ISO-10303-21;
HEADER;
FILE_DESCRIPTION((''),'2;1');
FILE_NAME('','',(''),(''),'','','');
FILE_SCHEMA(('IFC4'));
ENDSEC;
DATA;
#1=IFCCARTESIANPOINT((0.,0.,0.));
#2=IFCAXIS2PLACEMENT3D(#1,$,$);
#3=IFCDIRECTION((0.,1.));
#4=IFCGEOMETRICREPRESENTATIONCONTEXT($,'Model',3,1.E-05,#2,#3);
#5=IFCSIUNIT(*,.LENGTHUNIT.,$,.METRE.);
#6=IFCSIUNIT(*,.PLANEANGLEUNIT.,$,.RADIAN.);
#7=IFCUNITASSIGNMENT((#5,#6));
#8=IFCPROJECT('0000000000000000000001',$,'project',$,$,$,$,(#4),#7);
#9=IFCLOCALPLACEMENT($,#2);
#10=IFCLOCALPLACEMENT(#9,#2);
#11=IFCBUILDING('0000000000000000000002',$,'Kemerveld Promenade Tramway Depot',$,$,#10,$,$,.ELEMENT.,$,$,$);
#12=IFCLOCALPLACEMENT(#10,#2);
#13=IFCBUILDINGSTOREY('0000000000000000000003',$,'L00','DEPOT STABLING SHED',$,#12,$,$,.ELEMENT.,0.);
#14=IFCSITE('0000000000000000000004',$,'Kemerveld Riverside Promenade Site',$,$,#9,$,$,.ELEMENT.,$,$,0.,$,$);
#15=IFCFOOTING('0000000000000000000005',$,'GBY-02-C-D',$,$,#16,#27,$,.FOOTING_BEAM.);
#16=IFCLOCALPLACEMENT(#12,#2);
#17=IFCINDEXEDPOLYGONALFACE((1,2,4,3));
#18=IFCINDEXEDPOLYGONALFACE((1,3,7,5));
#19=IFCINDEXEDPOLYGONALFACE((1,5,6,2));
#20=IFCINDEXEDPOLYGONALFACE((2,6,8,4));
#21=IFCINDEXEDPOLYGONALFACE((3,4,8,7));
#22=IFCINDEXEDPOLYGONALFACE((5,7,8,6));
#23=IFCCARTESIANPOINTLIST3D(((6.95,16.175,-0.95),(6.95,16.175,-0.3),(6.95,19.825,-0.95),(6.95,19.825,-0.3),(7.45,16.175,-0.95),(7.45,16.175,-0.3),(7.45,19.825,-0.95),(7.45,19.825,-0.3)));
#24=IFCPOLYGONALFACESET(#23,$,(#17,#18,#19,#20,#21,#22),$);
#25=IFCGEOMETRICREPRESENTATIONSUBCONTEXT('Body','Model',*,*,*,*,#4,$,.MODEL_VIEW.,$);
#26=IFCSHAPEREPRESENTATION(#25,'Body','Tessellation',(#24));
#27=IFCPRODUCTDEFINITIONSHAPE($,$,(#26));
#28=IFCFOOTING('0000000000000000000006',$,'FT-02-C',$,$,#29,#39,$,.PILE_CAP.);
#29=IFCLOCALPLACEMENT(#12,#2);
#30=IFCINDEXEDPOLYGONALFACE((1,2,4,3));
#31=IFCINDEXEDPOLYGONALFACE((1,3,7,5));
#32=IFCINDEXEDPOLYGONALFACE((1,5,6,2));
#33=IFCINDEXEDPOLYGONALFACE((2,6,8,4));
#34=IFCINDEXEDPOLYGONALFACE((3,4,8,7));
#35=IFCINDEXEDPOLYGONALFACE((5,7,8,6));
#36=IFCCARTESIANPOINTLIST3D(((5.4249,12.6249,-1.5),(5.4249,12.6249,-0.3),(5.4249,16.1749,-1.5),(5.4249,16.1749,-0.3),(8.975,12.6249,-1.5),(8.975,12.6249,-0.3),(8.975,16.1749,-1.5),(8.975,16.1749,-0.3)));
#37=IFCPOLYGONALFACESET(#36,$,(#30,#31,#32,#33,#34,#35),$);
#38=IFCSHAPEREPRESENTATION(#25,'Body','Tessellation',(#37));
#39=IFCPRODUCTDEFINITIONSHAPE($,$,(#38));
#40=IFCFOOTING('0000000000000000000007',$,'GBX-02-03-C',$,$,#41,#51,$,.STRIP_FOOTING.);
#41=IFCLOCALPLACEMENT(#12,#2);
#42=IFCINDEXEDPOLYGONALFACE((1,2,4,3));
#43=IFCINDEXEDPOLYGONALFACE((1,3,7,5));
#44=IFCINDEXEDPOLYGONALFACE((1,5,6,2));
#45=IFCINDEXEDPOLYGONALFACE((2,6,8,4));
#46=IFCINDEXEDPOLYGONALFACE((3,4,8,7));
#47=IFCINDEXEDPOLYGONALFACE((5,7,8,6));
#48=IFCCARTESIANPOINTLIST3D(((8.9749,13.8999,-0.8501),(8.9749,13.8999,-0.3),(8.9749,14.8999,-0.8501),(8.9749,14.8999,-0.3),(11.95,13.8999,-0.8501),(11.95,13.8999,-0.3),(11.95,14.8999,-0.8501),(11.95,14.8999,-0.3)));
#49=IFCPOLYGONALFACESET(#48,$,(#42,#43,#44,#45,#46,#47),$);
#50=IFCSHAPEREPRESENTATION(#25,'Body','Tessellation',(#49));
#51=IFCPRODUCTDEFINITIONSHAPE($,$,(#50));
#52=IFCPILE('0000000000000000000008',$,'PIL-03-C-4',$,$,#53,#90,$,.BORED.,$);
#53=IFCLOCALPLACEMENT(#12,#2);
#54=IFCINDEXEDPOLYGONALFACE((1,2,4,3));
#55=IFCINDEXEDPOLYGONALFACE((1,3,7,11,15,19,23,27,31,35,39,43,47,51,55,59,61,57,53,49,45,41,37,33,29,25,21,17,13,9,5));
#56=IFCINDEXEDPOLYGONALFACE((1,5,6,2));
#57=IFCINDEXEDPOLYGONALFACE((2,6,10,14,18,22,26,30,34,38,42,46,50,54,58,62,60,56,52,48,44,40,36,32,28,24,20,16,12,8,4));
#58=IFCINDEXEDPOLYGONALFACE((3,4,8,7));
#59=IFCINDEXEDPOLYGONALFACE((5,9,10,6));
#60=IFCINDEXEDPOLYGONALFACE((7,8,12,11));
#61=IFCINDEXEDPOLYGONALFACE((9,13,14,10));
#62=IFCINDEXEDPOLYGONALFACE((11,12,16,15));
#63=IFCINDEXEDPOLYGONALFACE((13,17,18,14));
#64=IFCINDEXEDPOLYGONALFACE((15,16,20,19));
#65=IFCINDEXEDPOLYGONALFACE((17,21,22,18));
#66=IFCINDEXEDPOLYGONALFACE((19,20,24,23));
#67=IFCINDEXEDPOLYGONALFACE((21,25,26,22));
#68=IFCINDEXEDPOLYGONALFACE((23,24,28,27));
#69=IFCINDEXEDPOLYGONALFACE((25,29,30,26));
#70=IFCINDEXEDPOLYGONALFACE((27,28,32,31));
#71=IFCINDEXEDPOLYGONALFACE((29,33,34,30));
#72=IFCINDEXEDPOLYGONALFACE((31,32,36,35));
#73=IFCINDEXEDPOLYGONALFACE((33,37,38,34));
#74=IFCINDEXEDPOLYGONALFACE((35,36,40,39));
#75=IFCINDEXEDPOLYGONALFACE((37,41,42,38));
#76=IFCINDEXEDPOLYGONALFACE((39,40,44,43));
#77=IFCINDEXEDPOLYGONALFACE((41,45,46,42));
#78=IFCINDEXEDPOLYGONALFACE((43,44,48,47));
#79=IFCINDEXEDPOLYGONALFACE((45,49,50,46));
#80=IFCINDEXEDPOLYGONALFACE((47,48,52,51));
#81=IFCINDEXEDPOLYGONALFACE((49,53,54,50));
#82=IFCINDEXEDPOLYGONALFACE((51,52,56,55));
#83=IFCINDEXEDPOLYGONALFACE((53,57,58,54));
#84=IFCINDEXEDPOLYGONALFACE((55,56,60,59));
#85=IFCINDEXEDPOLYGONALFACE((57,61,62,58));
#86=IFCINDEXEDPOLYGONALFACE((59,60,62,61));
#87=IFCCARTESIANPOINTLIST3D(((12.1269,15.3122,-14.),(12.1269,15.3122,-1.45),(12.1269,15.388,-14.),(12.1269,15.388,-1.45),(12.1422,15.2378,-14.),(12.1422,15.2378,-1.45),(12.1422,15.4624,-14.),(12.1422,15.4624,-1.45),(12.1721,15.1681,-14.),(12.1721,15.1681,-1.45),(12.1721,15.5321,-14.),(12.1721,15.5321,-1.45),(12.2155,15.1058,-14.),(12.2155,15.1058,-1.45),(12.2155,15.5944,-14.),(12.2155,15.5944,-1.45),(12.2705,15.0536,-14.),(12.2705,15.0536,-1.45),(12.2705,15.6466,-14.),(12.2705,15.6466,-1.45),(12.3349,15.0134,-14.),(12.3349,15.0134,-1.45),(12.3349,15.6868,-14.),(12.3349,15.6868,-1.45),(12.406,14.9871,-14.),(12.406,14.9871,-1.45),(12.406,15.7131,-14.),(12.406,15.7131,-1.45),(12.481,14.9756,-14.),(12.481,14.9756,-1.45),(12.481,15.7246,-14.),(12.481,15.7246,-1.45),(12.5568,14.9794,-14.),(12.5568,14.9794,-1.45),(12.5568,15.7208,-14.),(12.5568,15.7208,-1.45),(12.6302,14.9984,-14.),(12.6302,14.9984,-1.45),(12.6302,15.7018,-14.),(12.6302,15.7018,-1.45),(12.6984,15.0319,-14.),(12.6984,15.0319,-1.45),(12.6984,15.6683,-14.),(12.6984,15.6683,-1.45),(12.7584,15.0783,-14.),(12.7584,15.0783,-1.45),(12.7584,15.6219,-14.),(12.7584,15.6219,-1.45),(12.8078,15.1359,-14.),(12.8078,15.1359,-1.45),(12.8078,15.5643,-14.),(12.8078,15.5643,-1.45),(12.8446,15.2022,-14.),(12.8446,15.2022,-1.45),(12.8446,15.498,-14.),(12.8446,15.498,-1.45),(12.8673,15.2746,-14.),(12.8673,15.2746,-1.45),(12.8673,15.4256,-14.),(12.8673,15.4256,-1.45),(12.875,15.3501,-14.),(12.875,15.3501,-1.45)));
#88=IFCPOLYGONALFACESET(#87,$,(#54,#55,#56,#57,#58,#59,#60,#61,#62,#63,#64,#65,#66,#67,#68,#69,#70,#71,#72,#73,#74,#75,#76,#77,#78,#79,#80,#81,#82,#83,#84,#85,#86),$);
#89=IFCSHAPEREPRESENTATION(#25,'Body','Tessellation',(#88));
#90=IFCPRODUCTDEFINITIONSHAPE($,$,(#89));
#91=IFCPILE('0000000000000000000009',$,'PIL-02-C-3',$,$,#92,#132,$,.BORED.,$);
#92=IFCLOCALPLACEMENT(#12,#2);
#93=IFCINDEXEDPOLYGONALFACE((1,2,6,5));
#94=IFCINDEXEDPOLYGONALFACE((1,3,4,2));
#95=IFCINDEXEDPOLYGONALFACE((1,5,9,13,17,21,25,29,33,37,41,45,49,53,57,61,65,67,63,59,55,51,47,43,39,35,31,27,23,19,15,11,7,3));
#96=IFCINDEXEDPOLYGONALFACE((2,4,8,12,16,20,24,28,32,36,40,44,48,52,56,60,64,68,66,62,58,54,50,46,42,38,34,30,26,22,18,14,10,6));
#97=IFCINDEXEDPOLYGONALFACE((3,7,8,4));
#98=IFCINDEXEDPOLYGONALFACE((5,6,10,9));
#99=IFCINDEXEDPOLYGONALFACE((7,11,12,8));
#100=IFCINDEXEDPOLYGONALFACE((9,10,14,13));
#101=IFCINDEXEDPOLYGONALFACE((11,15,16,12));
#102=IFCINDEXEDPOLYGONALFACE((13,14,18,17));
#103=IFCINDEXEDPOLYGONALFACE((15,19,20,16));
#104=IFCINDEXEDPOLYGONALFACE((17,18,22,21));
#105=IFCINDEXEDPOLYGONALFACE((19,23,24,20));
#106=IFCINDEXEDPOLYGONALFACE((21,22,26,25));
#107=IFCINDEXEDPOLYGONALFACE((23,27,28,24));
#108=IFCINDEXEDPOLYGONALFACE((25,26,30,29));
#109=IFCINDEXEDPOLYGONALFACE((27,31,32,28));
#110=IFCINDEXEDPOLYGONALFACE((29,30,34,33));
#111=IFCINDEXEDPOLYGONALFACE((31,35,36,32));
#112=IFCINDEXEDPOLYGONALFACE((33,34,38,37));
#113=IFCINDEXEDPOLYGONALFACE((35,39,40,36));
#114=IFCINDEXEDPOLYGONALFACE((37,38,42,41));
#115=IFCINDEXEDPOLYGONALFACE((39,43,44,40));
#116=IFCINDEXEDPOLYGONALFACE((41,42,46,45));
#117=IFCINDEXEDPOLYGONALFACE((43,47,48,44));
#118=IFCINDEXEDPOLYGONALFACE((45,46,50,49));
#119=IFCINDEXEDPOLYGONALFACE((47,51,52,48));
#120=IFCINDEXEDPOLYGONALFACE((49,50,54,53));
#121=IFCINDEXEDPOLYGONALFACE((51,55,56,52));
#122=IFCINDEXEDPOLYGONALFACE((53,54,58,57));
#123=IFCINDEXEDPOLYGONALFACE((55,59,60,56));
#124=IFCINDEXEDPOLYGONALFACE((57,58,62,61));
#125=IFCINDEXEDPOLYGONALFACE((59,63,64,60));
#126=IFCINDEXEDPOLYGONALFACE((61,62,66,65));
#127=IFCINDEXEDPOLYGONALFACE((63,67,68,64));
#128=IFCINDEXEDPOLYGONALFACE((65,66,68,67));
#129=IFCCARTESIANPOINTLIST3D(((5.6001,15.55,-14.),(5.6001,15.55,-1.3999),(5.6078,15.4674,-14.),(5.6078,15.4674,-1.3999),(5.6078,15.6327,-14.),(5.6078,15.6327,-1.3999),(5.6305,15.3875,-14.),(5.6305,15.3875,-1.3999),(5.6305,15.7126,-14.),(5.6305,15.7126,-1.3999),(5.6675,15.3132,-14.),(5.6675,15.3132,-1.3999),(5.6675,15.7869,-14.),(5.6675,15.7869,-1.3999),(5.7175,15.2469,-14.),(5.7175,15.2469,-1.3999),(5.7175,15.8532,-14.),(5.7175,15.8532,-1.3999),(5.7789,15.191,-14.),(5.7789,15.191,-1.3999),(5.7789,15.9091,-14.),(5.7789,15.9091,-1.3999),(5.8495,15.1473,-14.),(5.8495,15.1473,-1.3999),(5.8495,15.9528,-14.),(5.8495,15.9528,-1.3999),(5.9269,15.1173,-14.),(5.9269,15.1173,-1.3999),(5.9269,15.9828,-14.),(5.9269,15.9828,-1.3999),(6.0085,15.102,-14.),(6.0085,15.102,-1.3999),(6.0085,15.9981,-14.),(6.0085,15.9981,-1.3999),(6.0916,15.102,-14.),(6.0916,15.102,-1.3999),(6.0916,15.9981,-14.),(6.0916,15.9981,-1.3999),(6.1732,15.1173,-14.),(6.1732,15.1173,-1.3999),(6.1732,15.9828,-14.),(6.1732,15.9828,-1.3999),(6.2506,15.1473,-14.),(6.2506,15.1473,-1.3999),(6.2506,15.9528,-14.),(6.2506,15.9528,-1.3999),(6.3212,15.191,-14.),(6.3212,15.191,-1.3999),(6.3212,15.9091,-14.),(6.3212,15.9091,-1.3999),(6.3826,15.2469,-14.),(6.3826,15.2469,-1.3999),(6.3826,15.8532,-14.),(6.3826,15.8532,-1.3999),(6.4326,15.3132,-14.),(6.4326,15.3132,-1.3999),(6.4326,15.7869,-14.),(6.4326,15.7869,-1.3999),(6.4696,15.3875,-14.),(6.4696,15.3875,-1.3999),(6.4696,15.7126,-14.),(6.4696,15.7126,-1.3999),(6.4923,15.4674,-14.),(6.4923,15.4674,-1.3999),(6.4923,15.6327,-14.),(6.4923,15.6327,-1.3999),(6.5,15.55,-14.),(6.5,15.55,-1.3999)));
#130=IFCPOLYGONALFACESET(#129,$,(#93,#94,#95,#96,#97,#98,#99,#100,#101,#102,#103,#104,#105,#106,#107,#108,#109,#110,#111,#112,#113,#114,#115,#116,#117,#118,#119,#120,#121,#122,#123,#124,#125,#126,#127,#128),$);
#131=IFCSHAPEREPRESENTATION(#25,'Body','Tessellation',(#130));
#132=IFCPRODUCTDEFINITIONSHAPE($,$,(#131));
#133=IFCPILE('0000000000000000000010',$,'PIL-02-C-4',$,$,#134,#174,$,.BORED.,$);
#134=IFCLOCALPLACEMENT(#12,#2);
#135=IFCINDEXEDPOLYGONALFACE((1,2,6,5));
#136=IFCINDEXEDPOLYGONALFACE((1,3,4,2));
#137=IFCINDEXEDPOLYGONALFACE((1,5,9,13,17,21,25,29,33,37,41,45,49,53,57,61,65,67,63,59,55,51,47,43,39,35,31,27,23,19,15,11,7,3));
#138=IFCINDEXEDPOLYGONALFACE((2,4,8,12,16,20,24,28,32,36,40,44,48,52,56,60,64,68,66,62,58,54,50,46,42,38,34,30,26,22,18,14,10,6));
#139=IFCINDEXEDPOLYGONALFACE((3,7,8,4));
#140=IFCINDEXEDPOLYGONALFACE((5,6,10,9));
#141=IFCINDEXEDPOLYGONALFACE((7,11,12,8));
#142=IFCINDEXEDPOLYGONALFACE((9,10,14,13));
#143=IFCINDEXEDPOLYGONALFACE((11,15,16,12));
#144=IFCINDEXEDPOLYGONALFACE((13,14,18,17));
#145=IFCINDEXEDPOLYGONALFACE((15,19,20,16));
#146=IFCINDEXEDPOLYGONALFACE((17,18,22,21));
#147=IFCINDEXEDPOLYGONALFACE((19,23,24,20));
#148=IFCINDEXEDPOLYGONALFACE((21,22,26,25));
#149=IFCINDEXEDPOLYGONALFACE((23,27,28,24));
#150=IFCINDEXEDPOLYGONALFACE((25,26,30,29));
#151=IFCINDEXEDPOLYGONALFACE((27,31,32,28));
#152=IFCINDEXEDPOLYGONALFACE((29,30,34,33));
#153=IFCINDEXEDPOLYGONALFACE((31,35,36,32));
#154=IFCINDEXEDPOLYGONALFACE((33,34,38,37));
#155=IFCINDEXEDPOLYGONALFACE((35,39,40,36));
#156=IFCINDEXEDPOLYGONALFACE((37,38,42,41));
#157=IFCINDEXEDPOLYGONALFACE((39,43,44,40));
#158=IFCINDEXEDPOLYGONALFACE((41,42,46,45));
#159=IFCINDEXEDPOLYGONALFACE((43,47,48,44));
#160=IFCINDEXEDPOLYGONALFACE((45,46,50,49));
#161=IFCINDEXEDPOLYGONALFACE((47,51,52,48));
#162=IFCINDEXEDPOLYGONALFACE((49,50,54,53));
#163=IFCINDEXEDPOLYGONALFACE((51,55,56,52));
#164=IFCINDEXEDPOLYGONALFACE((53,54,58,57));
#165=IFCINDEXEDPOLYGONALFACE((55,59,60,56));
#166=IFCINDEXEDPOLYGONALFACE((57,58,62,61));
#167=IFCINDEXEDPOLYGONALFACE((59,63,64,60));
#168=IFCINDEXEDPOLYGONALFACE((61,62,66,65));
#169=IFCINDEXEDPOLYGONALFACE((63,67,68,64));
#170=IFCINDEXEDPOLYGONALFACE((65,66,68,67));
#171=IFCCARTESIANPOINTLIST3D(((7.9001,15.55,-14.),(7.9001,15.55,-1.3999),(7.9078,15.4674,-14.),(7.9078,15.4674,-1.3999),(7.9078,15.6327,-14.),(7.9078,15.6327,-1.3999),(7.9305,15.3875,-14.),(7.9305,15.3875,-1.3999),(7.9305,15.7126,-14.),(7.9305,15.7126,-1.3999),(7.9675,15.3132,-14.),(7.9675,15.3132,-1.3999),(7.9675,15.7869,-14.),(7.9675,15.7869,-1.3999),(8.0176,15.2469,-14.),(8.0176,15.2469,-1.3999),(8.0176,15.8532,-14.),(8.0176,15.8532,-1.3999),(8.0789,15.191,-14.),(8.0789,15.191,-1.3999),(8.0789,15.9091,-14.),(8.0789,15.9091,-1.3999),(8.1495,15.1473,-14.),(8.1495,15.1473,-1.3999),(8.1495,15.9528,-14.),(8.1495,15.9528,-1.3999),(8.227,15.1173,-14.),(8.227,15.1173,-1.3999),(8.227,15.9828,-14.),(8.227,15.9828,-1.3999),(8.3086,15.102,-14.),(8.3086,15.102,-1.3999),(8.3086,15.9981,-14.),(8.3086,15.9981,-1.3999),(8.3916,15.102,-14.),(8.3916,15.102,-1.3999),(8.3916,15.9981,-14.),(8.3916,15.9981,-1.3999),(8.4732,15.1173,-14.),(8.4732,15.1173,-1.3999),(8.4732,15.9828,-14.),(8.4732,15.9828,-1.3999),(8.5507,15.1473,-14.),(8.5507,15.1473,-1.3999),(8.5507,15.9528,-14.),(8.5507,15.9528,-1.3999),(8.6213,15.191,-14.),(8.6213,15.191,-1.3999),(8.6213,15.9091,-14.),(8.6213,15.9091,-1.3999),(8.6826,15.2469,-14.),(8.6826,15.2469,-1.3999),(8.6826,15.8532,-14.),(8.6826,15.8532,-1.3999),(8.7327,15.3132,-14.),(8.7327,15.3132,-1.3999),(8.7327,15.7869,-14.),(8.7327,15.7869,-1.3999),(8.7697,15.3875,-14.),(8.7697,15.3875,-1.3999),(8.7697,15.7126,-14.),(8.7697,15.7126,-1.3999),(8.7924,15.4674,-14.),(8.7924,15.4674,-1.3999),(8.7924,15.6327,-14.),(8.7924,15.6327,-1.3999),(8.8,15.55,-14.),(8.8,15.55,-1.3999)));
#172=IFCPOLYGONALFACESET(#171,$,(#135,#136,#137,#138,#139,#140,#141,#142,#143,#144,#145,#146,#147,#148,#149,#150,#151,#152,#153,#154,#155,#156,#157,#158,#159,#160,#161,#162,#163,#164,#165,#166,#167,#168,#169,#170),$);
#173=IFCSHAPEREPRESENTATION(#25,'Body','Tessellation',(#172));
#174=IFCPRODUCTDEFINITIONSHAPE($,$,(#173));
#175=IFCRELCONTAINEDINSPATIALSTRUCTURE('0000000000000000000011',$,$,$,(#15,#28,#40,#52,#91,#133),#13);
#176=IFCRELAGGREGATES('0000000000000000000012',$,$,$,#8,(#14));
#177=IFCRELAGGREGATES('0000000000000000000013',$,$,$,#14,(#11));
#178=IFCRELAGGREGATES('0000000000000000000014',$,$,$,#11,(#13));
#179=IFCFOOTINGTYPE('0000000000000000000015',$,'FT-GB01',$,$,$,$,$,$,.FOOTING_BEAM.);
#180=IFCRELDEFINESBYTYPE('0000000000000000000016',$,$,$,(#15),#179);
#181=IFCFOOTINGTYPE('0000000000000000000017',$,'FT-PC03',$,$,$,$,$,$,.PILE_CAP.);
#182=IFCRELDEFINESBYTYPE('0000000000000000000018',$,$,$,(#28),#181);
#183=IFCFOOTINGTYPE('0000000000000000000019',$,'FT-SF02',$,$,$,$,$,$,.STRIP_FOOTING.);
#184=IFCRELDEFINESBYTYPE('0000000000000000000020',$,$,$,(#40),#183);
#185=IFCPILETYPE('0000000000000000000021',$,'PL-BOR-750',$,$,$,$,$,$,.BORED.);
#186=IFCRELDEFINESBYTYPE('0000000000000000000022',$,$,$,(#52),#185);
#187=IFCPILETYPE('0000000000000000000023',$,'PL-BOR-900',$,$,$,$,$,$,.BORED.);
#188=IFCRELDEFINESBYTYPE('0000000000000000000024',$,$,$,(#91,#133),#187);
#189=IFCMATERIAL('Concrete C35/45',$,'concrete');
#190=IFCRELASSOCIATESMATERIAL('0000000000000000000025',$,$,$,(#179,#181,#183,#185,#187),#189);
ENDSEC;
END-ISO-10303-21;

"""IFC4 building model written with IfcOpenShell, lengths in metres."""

from ifc_helpers import new_model, si_unit, direction, frame, origin, origin_2d, place, context, subcontext, project, spatial, rectangle, circle, extrude, material, material_profile, profile_set, type_object, element, save


model = new_model("IFC4")

# Units and contexts
model_context = context("Model", 3, precision=1e-05, world=origin(), true_north=direction((0.0, 1.0)))
body_context = subcontext(model_context, "Body", "Model", "MODEL_VIEW")
ifc_project = project(units=[si_unit("LENGTHUNIT", "METRE"), si_unit("PLANEANGLEUNIT", "RADIAN")], contexts=[model_context])

# Site, building, storey
site_placement = place(None, origin())
site = spatial("IfcSite", under=ifc_project, at=site_placement, Name="Kemerveld Riverside Promenade Site", CompositionType="ELEMENT", RefElevation=0.0)
building_placement = place(site_placement, origin())
building = spatial("IfcBuilding", under=site, at=building_placement, Name="Kemerveld Promenade Tramway Depot", CompositionType="ELEMENT")
storey_placement = place(building_placement, origin())
storey = spatial("IfcBuildingStorey", under=building, at=storey_placement, Name="L00", Description="DEPOT STABLING SHED", CompositionType="ELEMENT", Elevation=0.0)

# Footings
ifc_material_1 = material(Name="Concrete C35/45", Category="concrete")
footing_type_1 = type_object("IfcFootingType", Name="FT-GB01", PredefinedType="FOOTING_BEAM", material=ifc_material_1)
footing_1_placement = place(storey_placement, frame((7.2, 18.0, -0.95), z_axis=(0.0, 0.0, 1.0), x_axis=(0.0, 1.0, 0.0)))
element("IfcFooting", 1, at=footing_1_placement, inside=storey, type_object=footing_type_1, Name="GBY-02-C-D", PredefinedType="FOOTING_BEAM", context=body_context, shape_type="SweptSolid", body=[
    extrude(rectangle(XDim=3.6499, YDim=0.5, at=origin_2d()), origin(), (0.0, 0.0, 1.0), 0.6499),
])
footing_type_2 = type_object("IfcFootingType", Name="FT-PC03", PredefinedType="PILE_CAP", material=ifc_material_1)
footing_2_placement = place(storey_placement, frame((7.2, 14.3999, -1.5), z_axis=(0.0, 0.0, 1.0), x_axis=(1.0, 0.0, 0.0)))
element("IfcFooting", 2, at=footing_2_placement, inside=storey, type_object=footing_type_2, Name="FT-02-C", PredefinedType="PILE_CAP", context=body_context, shape_type="SweptSolid", body=[
    extrude(rectangle(XDim=3.55, YDim=3.55, at=origin_2d()), origin(), (0.0, 0.0, 1.0), 1.2),
])
footing_type_3 = type_object("IfcFootingType", Name="FT-SF02", PredefinedType="STRIP_FOOTING", material=ifc_material_1)
footing_3_placement = place(storey_placement, frame((10.4624, 14.3999, -0.8501), z_axis=(0.0, 0.0, 1.0), x_axis=(1.0, 0.0, 0.0)))
element("IfcFooting", 3, at=footing_3_placement, inside=storey, type_object=footing_type_3, Name="GBX-02-03-C", PredefinedType="STRIP_FOOTING", context=body_context, shape_type="SweptSolid", body=[
    extrude(rectangle(XDim=2.9751, YDim=1.0, at=origin_2d()), origin(), (0.0, 0.0, 1.0), 0.55),
])

# Piles
ifc_material_profile_1 = material_profile(ifc_material_1, circle(Radius=0.375, at=origin_2d()), Name="PILE-D750")
ifc_profile_set_1 = profile_set([ifc_material_profile_1], Name="Concrete C35/45")
pile_type_1 = type_object("IfcPileType", Name="PL-BOR-750", PredefinedType="BORED", material=ifc_profile_set_1)
pile_placement = place(storey_placement, frame((12.5, 15.3501, -1.45), z_axis=(0.0, 0.0, -1.0), x_axis=(1.0, 0.0, 0.0)))
element("IfcPile", 4, at=pile_placement, inside=storey, type_object=pile_type_1, Name="PIL-03-C-4", PredefinedType="BORED", context=body_context, shape_type="SweptSolid", body=[
    extrude(circle(Radius=0.375, at=origin_2d()), origin(), (0.0, 0.0, 1.0), 12.55),
])
ifc_material_profile_2 = material_profile(ifc_material_1, circle(Radius=0.45, at=origin_2d()), Name="PILE-D900")
ifc_profile_set_2 = profile_set([ifc_material_profile_2], Name="Concrete C35/45")
pile_type_2 = type_object("IfcPileType", Name="PL-BOR-900", PredefinedType="BORED", material=ifc_profile_set_2)
for number, where, z_axis, x_axis, name in (
    (5, (6.05, 15.55, -1.3999), (0.0, 0.0, -1.0), (1.0, 0.0, 0.0), "PIL-02-C-3"),
    (6, (8.3501, 15.55, -1.3999), (0.0, 0.0, -1.0), (1.0, 0.0, 0.0), "PIL-02-C-4"),
):
    element("IfcPile", number, at=place(storey_placement, frame(where, z_axis=z_axis, x_axis=x_axis)), inside=storey, type_object=pile_type_2, Name=name, PredefinedType="BORED", context=body_context, shape_type="SweptSolid", body=[
        extrude(circle(Radius=0.45, at=origin_2d()), origin(), (0.0, 0.0, 1.0), 12.6001),
    ])

save(model, "model.ifc")
